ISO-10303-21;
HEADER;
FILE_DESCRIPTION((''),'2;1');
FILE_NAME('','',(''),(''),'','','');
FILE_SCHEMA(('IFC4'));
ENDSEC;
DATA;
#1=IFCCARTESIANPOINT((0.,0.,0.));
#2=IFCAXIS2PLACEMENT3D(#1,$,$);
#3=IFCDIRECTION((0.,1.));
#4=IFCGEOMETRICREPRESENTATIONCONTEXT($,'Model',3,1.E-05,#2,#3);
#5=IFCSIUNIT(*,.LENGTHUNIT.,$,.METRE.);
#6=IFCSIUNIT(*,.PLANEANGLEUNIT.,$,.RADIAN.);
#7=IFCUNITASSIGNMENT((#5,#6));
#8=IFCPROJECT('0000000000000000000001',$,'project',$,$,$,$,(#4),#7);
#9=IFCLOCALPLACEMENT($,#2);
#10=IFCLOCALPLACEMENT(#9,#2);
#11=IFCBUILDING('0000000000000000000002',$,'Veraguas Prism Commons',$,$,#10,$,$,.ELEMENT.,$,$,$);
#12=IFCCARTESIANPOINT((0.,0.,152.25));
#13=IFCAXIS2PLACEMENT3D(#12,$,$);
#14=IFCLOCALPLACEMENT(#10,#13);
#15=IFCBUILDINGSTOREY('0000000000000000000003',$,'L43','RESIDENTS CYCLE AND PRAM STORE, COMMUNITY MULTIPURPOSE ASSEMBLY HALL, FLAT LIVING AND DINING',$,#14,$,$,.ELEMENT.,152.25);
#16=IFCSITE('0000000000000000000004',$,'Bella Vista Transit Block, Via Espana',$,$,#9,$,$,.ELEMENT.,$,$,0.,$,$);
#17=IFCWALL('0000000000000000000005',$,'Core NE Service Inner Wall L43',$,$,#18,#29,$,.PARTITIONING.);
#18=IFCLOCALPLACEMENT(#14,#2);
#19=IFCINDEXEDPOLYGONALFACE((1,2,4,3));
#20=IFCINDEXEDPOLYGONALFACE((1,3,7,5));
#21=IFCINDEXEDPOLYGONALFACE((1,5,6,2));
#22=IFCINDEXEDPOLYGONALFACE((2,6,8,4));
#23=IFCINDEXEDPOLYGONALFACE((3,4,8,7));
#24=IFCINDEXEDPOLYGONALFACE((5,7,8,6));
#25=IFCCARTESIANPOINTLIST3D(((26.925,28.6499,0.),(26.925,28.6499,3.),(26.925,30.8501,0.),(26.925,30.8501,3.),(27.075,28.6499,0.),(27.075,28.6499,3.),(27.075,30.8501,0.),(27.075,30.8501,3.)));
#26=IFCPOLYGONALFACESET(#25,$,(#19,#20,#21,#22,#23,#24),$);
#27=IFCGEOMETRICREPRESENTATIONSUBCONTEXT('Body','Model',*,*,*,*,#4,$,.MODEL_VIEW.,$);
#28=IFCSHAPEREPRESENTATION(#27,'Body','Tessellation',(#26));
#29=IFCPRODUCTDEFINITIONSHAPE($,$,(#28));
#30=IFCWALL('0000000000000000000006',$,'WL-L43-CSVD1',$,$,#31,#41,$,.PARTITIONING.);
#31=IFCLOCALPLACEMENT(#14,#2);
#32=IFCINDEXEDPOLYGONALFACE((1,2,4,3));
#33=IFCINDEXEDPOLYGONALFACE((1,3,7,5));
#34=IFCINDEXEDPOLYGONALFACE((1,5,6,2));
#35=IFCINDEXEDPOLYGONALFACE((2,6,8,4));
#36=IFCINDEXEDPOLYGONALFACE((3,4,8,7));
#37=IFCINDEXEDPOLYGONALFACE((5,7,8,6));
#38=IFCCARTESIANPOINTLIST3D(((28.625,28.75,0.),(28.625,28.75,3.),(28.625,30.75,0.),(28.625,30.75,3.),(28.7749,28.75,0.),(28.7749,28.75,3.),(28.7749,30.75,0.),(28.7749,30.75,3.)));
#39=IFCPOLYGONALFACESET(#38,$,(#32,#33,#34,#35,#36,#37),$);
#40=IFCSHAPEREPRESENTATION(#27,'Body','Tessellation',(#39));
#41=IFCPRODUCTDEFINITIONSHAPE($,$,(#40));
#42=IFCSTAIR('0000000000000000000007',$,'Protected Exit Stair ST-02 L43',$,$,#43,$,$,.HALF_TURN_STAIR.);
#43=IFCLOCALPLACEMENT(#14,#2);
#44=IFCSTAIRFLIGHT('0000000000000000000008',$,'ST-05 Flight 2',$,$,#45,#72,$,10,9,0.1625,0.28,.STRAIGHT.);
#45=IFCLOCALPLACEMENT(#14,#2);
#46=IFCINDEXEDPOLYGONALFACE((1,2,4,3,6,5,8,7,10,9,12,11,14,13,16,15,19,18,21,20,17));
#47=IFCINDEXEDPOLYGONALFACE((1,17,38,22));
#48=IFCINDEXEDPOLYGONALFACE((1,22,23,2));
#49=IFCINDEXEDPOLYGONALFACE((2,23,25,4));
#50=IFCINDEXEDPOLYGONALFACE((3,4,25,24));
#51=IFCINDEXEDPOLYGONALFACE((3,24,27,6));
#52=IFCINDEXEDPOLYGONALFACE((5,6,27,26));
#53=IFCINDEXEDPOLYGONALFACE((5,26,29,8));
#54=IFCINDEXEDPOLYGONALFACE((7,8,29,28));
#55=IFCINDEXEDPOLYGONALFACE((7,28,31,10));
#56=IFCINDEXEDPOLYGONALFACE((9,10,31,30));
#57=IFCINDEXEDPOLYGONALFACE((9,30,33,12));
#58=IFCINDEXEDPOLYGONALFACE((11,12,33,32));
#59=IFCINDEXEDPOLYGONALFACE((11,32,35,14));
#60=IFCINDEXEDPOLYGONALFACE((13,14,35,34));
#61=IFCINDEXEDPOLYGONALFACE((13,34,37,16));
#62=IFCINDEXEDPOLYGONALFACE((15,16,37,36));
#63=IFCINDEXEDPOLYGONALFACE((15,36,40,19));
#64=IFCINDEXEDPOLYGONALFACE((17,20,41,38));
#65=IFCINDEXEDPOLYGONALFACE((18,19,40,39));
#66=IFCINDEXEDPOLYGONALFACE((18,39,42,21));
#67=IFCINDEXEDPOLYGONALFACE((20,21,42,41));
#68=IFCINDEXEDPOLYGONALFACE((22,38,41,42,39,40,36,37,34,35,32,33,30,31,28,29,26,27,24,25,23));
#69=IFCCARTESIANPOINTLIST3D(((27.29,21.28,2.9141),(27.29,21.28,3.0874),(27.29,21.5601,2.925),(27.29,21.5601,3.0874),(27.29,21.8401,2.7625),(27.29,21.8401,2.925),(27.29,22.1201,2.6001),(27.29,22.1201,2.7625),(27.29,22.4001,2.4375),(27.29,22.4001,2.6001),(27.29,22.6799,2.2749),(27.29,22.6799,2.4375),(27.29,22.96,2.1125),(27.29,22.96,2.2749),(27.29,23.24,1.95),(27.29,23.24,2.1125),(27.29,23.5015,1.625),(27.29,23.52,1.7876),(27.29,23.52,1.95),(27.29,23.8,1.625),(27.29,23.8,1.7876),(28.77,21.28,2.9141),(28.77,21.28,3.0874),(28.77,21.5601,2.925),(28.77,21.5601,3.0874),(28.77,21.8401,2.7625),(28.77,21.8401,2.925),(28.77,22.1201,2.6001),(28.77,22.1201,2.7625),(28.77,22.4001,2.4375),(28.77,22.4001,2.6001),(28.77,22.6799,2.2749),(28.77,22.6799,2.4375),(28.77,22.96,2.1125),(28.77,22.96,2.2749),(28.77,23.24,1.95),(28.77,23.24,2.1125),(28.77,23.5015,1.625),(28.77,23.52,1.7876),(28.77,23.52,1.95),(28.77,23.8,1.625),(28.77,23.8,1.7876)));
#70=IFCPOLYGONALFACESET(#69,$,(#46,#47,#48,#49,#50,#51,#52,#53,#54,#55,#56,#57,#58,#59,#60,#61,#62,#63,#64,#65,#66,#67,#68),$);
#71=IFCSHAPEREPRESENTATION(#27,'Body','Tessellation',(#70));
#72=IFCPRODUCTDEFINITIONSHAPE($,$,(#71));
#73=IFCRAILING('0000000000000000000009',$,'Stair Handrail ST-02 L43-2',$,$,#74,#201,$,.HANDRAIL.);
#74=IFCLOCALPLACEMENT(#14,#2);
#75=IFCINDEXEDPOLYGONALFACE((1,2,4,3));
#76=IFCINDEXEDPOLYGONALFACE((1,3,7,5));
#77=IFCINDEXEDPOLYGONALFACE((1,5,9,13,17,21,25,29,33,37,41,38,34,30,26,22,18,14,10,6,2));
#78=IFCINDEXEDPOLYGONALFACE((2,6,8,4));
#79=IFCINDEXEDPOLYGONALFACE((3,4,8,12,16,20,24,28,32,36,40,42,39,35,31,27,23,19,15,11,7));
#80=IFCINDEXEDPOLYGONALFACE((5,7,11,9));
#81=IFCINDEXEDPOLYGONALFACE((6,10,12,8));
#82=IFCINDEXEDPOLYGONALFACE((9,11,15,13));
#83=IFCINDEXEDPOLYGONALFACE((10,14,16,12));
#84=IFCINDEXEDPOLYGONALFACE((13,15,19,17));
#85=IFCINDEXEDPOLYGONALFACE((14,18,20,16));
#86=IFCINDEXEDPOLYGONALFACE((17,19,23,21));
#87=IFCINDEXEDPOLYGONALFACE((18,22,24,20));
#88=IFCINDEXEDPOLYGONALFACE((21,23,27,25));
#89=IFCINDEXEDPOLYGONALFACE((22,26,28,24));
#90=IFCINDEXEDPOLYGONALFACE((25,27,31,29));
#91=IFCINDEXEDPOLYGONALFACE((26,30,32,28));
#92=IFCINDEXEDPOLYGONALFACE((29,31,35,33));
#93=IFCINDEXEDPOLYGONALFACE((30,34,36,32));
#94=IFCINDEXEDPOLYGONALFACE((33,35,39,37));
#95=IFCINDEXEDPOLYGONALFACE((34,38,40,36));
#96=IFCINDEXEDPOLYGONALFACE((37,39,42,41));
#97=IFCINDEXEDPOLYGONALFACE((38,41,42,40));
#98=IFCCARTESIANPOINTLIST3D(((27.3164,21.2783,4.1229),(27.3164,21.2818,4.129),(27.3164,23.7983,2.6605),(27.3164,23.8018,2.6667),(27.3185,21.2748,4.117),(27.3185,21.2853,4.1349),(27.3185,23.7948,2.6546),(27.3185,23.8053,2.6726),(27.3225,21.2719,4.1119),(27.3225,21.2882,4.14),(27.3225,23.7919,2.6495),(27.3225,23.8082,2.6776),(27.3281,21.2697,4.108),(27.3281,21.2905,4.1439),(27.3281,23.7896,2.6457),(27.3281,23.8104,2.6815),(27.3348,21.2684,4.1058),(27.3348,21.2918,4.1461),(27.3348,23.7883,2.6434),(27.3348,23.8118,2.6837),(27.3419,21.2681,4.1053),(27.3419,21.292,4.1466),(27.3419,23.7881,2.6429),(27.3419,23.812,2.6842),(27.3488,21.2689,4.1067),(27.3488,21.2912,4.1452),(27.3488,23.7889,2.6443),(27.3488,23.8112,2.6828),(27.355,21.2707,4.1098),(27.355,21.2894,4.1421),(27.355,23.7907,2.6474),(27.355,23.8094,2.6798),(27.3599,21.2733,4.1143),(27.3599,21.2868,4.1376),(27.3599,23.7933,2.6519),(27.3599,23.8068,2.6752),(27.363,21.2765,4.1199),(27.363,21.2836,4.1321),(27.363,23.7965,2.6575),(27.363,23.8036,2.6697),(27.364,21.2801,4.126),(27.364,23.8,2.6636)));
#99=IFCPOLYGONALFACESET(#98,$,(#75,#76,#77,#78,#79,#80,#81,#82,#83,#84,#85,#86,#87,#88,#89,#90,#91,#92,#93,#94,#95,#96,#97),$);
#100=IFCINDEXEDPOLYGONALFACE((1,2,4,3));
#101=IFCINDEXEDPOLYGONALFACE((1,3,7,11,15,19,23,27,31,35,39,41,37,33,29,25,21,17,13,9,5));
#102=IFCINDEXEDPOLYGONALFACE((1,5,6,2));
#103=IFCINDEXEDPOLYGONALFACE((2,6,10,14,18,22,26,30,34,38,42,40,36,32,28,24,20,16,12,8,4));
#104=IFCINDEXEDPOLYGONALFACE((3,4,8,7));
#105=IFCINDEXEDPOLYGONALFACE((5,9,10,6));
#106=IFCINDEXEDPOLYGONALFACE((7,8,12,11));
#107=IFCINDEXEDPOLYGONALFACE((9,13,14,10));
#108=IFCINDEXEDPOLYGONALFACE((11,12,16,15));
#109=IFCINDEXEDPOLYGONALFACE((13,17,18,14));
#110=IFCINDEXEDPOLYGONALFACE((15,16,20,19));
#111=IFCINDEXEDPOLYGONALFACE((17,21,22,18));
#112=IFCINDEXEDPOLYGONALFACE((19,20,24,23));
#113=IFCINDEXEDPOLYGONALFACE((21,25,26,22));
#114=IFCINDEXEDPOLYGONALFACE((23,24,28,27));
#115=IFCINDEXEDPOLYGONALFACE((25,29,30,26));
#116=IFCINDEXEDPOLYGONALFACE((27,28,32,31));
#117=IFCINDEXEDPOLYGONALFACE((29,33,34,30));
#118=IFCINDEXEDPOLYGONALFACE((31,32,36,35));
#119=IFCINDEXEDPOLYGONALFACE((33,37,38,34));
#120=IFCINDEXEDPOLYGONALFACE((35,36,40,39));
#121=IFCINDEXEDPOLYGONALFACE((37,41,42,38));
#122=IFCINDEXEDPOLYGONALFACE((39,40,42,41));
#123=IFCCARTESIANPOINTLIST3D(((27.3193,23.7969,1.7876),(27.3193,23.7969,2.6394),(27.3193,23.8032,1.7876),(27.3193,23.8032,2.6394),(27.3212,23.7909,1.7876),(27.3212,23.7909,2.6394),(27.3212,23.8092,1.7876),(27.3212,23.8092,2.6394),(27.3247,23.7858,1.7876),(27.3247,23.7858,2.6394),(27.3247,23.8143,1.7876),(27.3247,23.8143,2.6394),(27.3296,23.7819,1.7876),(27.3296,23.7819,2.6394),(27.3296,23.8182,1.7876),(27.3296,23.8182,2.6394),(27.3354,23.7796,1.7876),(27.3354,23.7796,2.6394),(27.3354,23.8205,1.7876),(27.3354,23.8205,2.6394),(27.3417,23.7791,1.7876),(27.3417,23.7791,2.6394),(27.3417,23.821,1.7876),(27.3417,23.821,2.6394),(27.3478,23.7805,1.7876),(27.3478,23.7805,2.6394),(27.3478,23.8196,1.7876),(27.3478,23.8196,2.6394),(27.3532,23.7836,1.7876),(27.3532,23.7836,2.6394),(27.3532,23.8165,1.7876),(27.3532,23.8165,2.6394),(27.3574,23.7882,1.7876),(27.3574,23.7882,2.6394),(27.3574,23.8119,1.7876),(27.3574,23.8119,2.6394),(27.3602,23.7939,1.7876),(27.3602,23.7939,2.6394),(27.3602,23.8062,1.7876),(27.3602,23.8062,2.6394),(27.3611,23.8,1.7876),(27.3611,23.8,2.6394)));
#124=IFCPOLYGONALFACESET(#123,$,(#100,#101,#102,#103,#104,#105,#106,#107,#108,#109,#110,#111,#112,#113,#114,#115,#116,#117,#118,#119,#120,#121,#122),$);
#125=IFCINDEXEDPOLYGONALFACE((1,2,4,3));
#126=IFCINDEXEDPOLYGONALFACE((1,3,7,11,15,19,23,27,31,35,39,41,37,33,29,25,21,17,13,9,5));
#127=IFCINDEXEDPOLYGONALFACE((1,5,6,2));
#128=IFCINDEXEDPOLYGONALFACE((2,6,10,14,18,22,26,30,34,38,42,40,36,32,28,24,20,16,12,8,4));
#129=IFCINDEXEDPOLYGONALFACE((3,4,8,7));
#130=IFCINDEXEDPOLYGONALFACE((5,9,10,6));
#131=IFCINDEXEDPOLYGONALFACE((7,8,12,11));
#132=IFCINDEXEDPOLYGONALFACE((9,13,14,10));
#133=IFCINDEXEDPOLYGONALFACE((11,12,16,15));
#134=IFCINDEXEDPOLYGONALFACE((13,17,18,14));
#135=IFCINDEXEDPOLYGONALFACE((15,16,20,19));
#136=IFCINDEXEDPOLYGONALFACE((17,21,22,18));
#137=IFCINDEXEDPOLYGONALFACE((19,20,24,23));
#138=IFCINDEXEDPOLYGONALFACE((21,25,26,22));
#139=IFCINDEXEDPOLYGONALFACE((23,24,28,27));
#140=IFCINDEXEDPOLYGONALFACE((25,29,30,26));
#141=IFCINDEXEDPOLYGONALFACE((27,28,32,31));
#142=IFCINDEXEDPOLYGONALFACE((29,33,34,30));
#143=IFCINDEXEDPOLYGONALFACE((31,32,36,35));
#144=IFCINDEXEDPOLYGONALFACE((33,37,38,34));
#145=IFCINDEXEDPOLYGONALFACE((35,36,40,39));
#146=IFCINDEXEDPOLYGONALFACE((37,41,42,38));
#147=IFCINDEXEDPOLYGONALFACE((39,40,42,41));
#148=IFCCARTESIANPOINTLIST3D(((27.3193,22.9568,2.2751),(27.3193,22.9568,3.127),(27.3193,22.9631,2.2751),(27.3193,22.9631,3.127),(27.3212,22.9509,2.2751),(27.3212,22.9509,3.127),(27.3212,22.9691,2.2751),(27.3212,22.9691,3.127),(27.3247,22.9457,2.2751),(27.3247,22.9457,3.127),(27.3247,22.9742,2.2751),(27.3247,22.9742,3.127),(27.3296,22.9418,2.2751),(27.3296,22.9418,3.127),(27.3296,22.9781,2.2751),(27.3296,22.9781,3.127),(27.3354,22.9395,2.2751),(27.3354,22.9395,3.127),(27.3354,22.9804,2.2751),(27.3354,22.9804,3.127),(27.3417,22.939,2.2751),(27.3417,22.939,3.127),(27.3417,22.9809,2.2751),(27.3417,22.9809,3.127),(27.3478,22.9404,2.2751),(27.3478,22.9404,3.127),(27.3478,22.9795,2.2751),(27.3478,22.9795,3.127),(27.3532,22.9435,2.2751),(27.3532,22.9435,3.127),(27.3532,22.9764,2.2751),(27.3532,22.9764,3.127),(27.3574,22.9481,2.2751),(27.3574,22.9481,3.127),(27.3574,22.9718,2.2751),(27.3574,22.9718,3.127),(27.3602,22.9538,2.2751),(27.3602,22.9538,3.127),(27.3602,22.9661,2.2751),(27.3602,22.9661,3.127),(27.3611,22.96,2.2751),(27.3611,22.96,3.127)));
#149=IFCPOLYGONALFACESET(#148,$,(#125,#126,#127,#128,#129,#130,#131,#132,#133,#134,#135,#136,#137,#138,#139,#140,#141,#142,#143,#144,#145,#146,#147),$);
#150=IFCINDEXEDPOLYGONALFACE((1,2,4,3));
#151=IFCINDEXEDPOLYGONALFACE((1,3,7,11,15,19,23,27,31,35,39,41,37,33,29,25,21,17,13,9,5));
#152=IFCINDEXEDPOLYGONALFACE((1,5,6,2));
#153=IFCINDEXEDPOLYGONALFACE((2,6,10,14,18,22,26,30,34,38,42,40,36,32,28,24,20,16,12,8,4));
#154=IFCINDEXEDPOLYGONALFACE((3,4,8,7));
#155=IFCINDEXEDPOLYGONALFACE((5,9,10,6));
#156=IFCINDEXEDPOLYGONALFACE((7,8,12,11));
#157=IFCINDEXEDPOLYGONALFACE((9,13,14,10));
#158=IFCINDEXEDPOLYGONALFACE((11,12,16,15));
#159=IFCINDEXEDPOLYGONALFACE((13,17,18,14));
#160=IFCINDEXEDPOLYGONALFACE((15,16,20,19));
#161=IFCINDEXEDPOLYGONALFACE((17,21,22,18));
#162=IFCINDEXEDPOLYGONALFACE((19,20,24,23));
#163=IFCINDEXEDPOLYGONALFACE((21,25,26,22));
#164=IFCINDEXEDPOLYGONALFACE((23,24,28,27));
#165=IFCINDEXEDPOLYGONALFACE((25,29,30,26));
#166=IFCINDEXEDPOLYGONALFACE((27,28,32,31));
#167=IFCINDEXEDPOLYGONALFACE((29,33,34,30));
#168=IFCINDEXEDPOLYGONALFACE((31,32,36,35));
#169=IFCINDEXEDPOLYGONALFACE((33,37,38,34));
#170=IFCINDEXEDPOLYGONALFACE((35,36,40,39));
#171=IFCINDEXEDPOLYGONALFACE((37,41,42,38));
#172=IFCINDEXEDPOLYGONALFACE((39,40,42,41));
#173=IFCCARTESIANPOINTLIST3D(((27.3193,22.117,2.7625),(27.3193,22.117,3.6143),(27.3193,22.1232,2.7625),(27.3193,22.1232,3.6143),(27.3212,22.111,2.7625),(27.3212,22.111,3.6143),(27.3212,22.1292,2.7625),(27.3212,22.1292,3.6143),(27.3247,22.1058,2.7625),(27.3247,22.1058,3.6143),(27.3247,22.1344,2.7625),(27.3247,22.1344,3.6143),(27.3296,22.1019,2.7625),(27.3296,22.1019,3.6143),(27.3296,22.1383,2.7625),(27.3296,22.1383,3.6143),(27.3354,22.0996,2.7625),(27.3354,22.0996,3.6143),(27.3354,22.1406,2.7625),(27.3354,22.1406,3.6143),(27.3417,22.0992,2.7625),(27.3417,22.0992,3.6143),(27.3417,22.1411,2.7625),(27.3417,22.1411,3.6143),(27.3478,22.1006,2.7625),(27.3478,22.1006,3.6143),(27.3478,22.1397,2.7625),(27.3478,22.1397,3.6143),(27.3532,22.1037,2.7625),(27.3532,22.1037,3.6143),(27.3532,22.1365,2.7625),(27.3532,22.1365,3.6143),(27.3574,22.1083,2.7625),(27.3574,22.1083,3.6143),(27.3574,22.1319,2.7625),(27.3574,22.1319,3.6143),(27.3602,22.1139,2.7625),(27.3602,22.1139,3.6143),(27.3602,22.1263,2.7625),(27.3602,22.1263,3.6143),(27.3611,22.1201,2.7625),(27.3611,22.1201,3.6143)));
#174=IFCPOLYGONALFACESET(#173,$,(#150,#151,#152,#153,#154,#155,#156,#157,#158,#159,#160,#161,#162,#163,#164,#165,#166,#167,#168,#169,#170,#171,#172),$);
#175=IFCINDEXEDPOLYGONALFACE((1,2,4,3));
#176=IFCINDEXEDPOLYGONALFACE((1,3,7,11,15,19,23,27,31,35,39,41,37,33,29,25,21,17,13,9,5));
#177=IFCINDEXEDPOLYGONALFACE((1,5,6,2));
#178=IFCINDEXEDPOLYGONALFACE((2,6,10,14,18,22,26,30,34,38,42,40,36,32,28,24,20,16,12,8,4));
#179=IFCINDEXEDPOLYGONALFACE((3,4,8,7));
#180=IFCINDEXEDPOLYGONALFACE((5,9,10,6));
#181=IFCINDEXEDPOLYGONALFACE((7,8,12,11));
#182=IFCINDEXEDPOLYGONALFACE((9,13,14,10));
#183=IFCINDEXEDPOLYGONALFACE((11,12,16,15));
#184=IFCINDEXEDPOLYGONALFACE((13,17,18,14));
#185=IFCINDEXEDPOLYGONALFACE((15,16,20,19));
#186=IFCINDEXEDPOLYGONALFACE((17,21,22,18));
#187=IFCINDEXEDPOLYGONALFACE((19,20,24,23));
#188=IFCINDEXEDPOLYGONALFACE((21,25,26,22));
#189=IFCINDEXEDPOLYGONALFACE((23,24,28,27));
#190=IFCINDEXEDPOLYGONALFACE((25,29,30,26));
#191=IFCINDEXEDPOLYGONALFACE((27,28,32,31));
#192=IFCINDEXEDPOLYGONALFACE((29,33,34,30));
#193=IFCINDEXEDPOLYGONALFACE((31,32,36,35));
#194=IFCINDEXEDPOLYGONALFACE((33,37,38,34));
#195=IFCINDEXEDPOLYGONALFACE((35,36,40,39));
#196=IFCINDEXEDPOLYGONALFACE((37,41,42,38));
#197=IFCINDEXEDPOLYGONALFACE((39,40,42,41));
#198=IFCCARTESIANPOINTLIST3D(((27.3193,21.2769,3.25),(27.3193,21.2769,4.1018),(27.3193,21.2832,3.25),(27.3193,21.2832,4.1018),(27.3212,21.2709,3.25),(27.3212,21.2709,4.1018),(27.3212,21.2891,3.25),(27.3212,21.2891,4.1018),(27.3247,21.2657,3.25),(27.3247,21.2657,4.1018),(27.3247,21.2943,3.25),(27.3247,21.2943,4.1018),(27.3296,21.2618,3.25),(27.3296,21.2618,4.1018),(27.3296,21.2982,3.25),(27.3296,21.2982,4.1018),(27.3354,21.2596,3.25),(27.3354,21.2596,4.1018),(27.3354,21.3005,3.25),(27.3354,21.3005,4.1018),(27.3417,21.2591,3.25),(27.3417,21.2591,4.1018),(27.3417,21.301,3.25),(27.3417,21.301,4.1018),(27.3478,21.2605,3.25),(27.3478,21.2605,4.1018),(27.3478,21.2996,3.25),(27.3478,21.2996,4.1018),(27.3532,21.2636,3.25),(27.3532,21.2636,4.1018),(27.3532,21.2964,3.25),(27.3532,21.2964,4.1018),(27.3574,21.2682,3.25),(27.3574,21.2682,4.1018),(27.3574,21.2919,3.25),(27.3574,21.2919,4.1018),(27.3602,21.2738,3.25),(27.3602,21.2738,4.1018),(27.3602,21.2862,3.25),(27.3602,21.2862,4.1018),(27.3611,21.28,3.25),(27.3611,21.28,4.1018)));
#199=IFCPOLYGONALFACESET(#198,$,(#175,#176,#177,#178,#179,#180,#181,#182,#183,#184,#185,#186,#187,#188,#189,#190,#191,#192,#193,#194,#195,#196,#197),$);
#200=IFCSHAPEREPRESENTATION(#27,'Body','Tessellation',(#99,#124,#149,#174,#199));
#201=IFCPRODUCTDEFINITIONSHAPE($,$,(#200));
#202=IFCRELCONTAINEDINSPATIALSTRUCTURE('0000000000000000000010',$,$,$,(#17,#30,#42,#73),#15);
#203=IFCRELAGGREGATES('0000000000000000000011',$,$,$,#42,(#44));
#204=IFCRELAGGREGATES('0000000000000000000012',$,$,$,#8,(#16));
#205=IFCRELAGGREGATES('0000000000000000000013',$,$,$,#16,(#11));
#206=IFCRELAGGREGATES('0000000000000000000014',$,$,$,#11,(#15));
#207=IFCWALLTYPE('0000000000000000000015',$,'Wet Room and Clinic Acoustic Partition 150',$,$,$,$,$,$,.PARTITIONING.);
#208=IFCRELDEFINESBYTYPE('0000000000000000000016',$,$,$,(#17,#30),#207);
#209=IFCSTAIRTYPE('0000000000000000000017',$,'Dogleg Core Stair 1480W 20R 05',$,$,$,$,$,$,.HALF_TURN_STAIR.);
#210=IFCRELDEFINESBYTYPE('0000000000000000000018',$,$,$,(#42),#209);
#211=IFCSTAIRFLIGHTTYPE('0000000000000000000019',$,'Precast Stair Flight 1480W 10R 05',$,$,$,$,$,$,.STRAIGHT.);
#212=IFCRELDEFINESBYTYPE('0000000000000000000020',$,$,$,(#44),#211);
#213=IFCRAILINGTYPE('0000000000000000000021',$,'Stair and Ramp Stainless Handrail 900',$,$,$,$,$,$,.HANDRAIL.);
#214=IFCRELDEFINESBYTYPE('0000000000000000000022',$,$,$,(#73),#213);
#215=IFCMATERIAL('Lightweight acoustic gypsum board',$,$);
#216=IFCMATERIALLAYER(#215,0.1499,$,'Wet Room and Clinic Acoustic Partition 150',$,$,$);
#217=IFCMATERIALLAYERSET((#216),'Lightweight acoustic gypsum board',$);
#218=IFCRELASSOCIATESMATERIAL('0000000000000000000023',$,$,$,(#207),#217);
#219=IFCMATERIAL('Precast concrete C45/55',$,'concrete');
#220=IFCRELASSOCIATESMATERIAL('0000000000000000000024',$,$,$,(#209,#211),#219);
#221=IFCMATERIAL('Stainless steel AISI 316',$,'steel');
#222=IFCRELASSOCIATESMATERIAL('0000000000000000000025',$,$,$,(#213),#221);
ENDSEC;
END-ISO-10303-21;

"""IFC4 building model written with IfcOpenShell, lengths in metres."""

from ifc_helpers import new_model, si_unit, direction, frame, frame_2d, origin, origin_2d, place, context, subcontext, project, spatial, polyline, rectangle, circle, outline, extrude, material, layer, layer_set, type_object, element, aggregate, save


model = new_model("IFC4")

# Units and contexts
model_context = context("Model", 3, precision=1e-05, world=origin(), true_north=direction((0.0, 1.0)))
body_context = subcontext(model_context, "Body", "Model", "MODEL_VIEW")
ifc_project = project(units=[si_unit("LENGTHUNIT", "METRE"), si_unit("PLANEANGLEUNIT", "RADIAN")], contexts=[model_context])

# Site, building, storey
site_placement = place(None, origin())
site = spatial("IfcSite", under=ifc_project, at=site_placement, Name="Bella Vista Transit Block, Via Espana", CompositionType="ELEMENT", RefElevation=0.0)
building_placement = place(site_placement, origin())
building = spatial("IfcBuilding", under=site, at=building_placement, Name="Veraguas Prism Commons", CompositionType="ELEMENT")
storey_placement = place(building_placement, frame((0.0, 0.0, 152.25)))
storey = spatial("IfcBuildingStorey", under=building, at=storey_placement, Name="L43", Description="RESIDENTS CYCLE AND PRAM STORE, COMMUNITY MULTIPURPOSE ASSEMBLY HALL, FLAT LIVING AND DINING", CompositionType="ELEMENT", Elevation=152.25)

# Shared definitions
ifc_material_1 = material(Name="Lightweight acoustic gypsum board")

# Shared definitions
ifc_material_2 = material(Name="Stainless steel AISI 316", Category="steel")

# Walls
ifc_layer_1 = layer(ifc_material_1, 0.1499, Name="Wet Room and Clinic Acoustic Partition 150")
ifc_layer_set_1 = layer_set([ifc_layer_1], Name="Lightweight acoustic gypsum board")
wall_type_1 = type_object("IfcWallType", Name="Wet Room and Clinic Acoustic Partition 150", PredefinedType="PARTITIONING", material=ifc_layer_set_1)
wall_1_placement = place(storey_placement, frame((27.0, 28.6499, 0.0), z_axis=(0.0, 0.0, 1.0), x_axis=(0.0, 1.0, 0.0)))
element("IfcWall", 1, at=wall_1_placement, inside=storey, type_object=wall_type_1, Name="Core NE Service Inner Wall L43", PredefinedType="PARTITIONING", context=body_context, shape_type="SweptSolid", body=[
    extrude(rectangle(XDim=2.2002, YDim=0.1499, at=frame_2d((1.1001, 0.0))), origin(), (0.0, 0.0, 1.0), 3.0),
])
wall_2_placement = place(storey_placement, frame((28.7, 28.75, 0.0), z_axis=(0.0, 0.0, 1.0), x_axis=(0.0, 1.0, 0.0)))
element("IfcWall", 2, at=wall_2_placement, inside=storey, type_object=wall_type_1, Name="WL-L43-CSVD1", PredefinedType="PARTITIONING", context=body_context, shape_type="SweptSolid", body=[
    extrude(rectangle(XDim=2.0, YDim=0.1499, at=frame_2d((1.0, 0.0))), origin(), (0.0, 0.0, 1.0), 3.0),
])

# Stair, stair flight
ifc_material_3 = material(Name="Precast concrete C45/55", Category="concrete")
stair_type = type_object("IfcStairType", Name="Dogleg Core Stair 1480W 20R 05", PredefinedType="HALF_TURN_STAIR", material=ifc_material_3)
stair_placement = place(storey_placement, origin())
stair = element("IfcStair", 3, at=stair_placement, inside=storey, type_object=stair_type, Name="Protected Exit Stair ST-02 L43", PredefinedType="HALF_TURN_STAIR")
stair_flight_type = type_object("IfcStairFlightType", Name="Precast Stair Flight 1480W 10R 05", PredefinedType="STRAIGHT", material=ifc_material_3)
stair_flight_placement = place(storey_placement, frame((28.03, 23.8, 1.625), z_axis=(0.0, 0.0, 1.0), x_axis=(0.0, -1.0, 0.0)))
stair_flight = element("IfcStairFlight", 4, at=stair_flight_placement, type_object=stair_flight_type, Name="ST-05 Flight 2", NumberOfRisers=10, NumberOfTreads=9, PredefinedType="STRAIGHT", RiserHeight=0.1625, TreadLength=0.28, context=body_context, shape_type="SweptSolid", body=[
    extrude(outline(polyline([(0.0, 0.0), (0.0, 0.1626), (0.28, 0.1626), (0.28, 0.325), (0.5601, 0.325), (0.5601, 0.4875), (0.8401, 0.4875), (0.8401, 0.6499), (1.1201, 0.6499), (1.1201, 0.8125), (1.3999, 0.8125), (1.3999, 0.9751), (1.6799, 0.9751), (1.6799, 1.1375), (1.96, 1.1375), (1.96, 1.3), (2.24, 1.3), (2.24, 1.4624), (2.52, 1.4624), (2.52, 1.625), (2.52, 1.2891), (0.2986, 0.0), (0.0, 0.0)])), frame((0.0, 0.74, 0.0), z_axis=(0.0, -1.0, 0.0), x_axis=(1.0, 0.0, 0.0)), (0.0, 0.0, 1.0), 1.48),
])
aggregate(stair, [stair_flight])

# Railing
railing_type_1 = type_object("IfcRailingType", Name="Stair and Ramp Stainless Handrail 900", PredefinedType="HANDRAIL", material=ifc_material_2)
railing_1_placement = place(storey_placement, frame((27.3401, 23.8, 1.7876)))
element("IfcRailing", 5, at=railing_1_placement, inside=storey, type_object=railing_type_1, Name="Stair Handrail ST-02 L43-2", PredefinedType="HANDRAIL", context=body_context, shape_type="SweptSolid", body=[
    extrude(circle(Radius=0.0239, at=origin_2d()), frame((0.0, 0.0, 0.876), z_axis=(0.0, -0.864913, 0.501921), x_axis=(1.0, 0.0, 0.0)), (0.0, 0.0, 1.0), 2.9136),
    extrude(circle(Radius=0.021, at=origin_2d()), origin(), (0.0, 0.0, 1.0), 0.8518),
    extrude(circle(Radius=0.021, at=origin_2d()), frame((0.0, -0.8401, 0.4875)), (0.0, 0.0, 1.0), 0.8518),
    extrude(circle(Radius=0.021, at=origin_2d()), frame((0.0, -1.6799, 0.9749)), (0.0, 0.0, 1.0), 0.8518),
    extrude(circle(Radius=0.021, at=origin_2d()), frame((0.0, -2.52, 1.4624)), (0.0, 0.0, 1.0), 0.8518),
])

save(model, "model.ifc")
